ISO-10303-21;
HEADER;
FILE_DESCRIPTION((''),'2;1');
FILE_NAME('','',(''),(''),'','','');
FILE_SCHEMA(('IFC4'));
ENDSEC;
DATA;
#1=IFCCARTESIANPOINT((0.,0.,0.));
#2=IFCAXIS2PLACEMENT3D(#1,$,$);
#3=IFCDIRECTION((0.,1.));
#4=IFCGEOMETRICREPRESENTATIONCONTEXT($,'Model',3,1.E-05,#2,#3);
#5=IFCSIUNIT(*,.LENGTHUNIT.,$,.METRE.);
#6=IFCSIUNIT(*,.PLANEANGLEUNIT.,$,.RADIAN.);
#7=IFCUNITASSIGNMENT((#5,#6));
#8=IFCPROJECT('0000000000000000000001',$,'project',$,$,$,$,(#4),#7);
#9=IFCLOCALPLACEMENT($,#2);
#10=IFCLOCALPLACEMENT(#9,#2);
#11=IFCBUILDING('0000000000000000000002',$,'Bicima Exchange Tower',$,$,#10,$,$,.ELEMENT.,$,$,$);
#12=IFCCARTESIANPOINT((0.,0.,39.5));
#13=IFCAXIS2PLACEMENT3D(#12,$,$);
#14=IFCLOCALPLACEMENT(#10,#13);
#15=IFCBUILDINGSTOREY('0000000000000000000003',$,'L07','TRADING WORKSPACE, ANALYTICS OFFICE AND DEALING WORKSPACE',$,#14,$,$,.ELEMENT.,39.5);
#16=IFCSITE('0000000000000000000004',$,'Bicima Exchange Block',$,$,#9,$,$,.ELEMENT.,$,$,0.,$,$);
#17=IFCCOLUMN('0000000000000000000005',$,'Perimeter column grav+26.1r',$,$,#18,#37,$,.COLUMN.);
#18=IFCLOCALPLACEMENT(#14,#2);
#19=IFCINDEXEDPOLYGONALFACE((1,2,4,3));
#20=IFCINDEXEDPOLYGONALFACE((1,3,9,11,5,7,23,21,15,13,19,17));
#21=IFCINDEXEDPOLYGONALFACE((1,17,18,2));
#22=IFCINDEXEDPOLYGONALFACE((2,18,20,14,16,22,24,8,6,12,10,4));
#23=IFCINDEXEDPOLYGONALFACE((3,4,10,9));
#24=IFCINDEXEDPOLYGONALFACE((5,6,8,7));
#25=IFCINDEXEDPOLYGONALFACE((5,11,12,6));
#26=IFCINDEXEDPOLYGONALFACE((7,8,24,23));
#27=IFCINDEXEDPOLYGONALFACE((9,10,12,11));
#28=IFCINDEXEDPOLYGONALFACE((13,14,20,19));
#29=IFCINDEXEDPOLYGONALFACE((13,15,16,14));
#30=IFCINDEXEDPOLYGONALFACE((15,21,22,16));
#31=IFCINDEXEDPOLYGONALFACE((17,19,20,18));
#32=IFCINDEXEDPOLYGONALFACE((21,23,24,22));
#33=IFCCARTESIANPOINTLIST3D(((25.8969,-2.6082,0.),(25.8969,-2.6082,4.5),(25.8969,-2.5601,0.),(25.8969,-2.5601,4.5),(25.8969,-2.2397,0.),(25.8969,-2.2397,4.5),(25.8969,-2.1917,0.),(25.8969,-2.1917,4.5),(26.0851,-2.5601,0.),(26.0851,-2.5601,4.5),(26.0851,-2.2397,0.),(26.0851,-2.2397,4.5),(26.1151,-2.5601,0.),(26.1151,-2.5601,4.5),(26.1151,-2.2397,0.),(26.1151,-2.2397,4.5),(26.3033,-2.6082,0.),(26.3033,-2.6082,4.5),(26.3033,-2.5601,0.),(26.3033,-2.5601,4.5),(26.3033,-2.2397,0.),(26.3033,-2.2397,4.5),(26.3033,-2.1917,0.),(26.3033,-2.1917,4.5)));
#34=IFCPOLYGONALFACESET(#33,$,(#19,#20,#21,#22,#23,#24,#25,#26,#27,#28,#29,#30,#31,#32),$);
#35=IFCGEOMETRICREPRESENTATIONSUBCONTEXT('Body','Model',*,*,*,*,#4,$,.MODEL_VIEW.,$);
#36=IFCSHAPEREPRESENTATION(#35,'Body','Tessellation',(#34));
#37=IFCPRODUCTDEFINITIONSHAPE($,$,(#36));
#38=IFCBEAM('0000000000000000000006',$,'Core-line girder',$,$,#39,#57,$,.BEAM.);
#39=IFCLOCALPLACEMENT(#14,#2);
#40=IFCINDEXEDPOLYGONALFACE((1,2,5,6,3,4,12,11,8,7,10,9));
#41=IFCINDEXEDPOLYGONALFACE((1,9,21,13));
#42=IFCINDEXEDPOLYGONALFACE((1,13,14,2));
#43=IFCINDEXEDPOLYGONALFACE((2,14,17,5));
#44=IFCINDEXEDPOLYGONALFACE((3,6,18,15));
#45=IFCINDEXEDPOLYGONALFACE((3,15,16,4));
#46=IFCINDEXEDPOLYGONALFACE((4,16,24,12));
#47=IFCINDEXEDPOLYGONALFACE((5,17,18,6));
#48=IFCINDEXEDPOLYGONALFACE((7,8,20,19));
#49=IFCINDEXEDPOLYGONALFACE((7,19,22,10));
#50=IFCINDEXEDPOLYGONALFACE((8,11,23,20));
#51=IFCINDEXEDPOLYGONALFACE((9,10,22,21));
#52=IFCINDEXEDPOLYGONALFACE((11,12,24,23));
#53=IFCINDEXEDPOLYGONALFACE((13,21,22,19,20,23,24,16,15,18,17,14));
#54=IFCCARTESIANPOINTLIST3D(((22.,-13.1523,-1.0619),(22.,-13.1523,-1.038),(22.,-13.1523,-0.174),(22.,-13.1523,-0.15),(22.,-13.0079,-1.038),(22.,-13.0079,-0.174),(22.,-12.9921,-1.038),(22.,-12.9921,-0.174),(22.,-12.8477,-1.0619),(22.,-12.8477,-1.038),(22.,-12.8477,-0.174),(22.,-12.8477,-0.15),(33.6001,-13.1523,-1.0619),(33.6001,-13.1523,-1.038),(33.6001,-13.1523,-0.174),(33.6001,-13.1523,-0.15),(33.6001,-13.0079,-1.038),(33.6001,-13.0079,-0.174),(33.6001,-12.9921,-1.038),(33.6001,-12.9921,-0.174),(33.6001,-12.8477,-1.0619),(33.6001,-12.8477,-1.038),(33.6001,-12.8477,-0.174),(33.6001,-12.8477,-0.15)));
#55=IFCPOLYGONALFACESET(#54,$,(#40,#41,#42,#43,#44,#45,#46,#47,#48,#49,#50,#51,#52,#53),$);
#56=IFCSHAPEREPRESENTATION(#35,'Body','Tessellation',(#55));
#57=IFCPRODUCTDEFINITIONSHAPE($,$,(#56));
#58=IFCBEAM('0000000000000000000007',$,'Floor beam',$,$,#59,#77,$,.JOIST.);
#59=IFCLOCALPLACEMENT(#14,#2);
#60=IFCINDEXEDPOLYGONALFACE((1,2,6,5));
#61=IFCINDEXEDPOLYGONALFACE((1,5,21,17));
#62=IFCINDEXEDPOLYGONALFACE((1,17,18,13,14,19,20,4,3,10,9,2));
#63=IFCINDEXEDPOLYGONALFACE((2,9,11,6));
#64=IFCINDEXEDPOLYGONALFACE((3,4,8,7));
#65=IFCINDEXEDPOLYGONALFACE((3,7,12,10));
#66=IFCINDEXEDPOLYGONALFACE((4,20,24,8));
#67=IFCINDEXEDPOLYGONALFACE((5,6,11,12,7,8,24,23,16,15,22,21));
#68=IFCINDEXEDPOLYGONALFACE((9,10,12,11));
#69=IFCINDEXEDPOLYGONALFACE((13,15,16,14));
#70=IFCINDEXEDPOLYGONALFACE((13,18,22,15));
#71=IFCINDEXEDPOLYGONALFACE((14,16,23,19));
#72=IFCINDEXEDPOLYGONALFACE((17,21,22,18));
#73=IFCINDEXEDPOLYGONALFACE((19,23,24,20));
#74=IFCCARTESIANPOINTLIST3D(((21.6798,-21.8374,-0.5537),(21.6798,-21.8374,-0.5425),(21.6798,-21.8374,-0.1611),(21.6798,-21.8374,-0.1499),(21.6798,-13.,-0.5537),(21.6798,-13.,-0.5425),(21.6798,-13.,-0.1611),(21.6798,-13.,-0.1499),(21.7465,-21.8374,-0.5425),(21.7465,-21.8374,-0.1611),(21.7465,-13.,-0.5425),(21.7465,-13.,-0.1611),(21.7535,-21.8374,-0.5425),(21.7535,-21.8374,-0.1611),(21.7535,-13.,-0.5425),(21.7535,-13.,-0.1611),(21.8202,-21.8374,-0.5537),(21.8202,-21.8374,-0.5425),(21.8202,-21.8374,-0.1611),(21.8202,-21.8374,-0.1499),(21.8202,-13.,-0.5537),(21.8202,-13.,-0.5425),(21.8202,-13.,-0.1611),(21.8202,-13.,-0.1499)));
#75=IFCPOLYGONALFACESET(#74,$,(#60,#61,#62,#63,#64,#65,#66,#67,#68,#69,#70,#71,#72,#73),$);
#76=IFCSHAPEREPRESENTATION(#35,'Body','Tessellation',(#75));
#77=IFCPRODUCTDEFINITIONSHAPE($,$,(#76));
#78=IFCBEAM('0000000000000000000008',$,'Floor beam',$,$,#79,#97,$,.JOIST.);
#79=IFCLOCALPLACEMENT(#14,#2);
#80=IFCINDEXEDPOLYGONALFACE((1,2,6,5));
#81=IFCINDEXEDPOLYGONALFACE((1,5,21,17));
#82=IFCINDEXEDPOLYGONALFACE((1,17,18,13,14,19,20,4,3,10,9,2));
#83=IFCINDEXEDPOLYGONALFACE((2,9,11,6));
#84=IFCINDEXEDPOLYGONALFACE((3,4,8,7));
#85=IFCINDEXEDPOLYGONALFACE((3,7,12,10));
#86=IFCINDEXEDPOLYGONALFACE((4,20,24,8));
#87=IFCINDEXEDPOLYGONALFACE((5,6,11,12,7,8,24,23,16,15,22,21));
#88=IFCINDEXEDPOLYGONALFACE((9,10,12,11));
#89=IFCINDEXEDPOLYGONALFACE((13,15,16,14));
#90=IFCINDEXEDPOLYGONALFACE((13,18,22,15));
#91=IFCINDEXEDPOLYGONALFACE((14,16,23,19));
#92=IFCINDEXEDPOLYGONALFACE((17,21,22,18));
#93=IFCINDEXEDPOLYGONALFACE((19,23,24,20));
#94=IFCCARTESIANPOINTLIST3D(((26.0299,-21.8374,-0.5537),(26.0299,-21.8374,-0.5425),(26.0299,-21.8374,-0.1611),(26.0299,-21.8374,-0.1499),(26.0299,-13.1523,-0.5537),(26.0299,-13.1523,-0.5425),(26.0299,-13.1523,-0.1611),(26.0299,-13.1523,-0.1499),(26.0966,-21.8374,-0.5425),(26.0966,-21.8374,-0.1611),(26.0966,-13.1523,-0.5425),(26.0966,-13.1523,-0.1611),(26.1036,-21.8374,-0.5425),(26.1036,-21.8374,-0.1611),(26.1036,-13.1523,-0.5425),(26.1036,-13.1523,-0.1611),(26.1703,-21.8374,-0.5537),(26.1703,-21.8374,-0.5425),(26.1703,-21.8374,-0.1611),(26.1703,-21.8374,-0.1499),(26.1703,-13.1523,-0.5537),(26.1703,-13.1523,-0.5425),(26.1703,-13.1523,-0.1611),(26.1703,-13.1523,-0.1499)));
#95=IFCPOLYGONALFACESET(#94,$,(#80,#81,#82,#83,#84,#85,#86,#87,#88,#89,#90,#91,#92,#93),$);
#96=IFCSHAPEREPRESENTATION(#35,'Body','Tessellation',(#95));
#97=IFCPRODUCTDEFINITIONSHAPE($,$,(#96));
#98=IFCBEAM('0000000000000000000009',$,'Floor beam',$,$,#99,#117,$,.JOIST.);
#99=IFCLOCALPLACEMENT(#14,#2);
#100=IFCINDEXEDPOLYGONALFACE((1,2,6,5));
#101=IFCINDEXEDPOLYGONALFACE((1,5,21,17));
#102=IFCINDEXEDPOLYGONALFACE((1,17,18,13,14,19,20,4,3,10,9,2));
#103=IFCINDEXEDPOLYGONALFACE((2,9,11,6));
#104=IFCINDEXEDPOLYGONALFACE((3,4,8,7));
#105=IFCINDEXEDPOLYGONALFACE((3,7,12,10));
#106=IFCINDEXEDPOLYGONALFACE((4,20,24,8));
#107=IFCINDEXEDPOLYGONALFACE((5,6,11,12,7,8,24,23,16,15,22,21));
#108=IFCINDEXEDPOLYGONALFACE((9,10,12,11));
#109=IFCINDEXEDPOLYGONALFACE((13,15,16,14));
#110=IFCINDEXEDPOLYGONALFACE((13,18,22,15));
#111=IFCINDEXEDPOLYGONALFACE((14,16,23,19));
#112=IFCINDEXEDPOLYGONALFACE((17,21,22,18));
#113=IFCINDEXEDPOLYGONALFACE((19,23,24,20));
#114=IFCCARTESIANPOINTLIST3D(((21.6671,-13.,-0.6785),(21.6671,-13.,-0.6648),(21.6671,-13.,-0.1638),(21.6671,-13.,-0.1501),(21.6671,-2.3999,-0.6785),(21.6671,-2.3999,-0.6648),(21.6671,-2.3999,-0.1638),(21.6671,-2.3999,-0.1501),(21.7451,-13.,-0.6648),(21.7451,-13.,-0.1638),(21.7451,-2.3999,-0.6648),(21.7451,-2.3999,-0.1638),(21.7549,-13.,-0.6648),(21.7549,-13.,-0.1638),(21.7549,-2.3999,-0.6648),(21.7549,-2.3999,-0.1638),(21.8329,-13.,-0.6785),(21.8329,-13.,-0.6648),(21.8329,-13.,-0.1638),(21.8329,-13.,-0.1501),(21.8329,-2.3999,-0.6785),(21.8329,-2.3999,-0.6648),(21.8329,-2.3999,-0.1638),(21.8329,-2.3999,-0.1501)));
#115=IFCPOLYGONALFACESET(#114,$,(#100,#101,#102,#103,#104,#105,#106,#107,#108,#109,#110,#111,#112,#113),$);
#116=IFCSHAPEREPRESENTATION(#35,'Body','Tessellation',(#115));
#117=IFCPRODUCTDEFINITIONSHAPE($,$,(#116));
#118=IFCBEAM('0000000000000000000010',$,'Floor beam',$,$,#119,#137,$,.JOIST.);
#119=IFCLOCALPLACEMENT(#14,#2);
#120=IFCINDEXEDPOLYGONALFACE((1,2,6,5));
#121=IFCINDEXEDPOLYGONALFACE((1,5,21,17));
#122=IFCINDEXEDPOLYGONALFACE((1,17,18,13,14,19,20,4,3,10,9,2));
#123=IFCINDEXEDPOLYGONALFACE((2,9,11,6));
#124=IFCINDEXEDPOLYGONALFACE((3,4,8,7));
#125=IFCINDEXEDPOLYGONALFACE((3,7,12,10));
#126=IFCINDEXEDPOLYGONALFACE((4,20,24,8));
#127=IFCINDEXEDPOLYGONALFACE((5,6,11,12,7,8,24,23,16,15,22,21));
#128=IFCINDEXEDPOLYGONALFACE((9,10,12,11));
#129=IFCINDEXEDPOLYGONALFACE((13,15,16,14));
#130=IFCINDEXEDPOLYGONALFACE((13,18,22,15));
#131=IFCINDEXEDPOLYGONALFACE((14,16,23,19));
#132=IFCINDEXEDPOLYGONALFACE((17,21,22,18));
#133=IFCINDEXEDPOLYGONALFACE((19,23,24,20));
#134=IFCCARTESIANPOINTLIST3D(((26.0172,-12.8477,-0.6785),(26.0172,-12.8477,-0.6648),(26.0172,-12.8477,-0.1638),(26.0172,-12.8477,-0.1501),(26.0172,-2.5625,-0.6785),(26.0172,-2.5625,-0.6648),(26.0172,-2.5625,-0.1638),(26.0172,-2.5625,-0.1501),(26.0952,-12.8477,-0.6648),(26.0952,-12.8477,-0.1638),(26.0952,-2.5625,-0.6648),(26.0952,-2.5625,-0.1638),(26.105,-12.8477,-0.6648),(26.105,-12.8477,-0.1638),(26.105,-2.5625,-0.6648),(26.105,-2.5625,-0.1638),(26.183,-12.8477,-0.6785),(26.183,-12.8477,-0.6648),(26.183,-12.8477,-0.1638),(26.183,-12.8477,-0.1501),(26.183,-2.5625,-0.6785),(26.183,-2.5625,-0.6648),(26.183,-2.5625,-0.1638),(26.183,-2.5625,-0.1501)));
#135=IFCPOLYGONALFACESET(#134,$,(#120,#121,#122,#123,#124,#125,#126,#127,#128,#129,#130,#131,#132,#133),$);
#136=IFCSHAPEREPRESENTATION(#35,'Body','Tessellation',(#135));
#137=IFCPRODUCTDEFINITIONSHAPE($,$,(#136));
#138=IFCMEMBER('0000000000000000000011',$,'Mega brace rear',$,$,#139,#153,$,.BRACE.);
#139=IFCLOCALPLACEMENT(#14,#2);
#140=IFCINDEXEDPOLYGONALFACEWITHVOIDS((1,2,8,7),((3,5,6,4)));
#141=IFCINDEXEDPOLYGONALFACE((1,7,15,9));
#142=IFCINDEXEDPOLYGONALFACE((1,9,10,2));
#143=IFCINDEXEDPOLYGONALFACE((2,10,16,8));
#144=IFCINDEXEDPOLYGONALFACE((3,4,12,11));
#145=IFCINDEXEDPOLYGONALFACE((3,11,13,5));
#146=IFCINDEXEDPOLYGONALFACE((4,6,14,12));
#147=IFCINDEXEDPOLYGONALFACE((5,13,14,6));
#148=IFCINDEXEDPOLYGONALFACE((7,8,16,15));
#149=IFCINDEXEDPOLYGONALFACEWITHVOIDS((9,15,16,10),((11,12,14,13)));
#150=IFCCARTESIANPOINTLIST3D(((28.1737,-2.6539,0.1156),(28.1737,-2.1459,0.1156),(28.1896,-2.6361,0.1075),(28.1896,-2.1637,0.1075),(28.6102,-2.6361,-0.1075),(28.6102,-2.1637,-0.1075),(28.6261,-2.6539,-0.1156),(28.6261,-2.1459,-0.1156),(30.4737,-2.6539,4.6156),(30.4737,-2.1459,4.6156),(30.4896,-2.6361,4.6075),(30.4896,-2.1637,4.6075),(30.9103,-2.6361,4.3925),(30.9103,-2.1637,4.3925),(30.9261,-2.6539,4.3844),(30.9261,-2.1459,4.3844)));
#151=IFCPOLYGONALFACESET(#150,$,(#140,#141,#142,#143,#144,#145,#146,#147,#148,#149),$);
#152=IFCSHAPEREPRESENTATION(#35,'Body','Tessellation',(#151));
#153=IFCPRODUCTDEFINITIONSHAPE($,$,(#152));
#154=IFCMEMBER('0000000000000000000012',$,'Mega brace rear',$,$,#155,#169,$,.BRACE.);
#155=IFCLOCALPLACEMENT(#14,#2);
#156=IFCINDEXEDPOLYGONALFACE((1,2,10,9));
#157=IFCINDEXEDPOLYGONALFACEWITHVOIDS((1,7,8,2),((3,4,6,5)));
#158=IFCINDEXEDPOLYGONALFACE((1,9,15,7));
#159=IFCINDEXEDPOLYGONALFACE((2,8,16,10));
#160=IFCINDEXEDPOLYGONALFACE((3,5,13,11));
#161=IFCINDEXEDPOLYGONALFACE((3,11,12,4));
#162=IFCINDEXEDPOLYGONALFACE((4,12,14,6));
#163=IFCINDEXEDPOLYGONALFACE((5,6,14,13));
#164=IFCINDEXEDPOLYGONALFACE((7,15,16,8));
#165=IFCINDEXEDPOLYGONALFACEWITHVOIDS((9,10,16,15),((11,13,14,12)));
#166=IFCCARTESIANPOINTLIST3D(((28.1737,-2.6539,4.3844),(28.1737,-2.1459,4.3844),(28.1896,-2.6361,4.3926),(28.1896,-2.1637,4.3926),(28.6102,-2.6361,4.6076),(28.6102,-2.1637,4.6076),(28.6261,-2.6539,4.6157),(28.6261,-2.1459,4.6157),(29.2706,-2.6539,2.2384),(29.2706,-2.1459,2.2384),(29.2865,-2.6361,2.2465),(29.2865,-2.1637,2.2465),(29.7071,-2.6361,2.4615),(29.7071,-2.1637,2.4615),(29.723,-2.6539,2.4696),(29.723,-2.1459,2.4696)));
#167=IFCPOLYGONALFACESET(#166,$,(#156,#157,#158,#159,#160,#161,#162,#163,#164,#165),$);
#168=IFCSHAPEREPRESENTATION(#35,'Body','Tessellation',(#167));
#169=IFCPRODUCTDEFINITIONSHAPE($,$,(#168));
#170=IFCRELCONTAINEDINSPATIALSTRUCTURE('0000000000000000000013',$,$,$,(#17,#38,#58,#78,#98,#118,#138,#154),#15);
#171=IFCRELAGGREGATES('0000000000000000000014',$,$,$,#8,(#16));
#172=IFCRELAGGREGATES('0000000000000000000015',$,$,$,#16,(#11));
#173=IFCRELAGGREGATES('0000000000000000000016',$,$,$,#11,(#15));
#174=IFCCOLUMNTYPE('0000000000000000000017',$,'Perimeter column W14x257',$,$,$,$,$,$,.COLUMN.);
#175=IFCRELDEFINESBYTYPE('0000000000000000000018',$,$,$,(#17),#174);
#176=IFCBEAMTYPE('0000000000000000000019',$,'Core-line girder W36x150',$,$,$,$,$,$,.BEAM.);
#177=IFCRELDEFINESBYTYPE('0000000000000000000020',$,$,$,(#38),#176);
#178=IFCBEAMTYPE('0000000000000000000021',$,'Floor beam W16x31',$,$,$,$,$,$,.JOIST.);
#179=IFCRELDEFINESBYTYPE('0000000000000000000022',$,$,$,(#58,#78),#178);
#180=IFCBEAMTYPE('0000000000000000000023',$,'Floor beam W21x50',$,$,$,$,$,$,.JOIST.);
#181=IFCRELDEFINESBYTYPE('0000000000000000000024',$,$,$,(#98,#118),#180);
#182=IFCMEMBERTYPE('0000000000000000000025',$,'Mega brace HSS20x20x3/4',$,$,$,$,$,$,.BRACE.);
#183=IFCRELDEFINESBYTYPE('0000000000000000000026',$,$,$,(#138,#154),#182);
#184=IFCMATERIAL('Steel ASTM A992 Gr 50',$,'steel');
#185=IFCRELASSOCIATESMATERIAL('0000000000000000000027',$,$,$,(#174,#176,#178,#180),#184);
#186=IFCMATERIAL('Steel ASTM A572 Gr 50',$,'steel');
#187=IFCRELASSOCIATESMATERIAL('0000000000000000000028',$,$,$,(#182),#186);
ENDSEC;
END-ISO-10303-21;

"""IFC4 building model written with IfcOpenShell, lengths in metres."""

from ifc_helpers import new_model, si_unit, direction, frame, origin, origin_2d, place, context, subcontext, project, spatial, hollow_rectangle, i_section, extrude, material, material_profile, profile_set, type_object, element, save


model = new_model("IFC4")

# Units and contexts
model_context = context("Model", 3, precision=1e-05, world=origin(), true_north=direction((0.0, 1.0)))
body_context = subcontext(model_context, "Body", "Model", "MODEL_VIEW")
ifc_project = project(units=[si_unit("LENGTHUNIT", "METRE"), si_unit("PLANEANGLEUNIT", "RADIAN")], contexts=[model_context])

# Site, building, storey
site_placement = place(None, origin())
site = spatial("IfcSite", under=ifc_project, at=site_placement, Name="Bicima Exchange Block", CompositionType="ELEMENT", RefElevation=0.0)
building_placement = place(site_placement, origin())
building = spatial("IfcBuilding", under=site, at=building_placement, Name="Bicima Exchange Tower", CompositionType="ELEMENT")
storey_placement = place(building_placement, frame((0.0, 0.0, 39.5)))
storey = spatial("IfcBuildingStorey", under=building, at=storey_placement, Name="L07", Description="TRADING WORKSPACE, ANALYTICS OFFICE AND DEALING WORKSPACE", CompositionType="ELEMENT", Elevation=39.5)

# Column
ifc_material_1 = material(Name="Steel ASTM A992 Gr 50", Category="steel")
ifc_material_profile_1 = material_profile(ifc_material_1, i_section(OverallWidth=0.4065, OverallDepth=0.4165, WebThickness=0.03, FlangeThickness=0.0481, at=origin_2d()))
ifc_profile_set_1 = profile_set([ifc_material_profile_1], Name="Steel ASTM A992 Gr 50")
column_type = type_object("IfcColumnType", Name="Perimeter column W14x257", PredefinedType="COLUMN", material=ifc_profile_set_1)
column_placement = place(storey_placement, frame((26.1001, -2.3999, 0.0), z_axis=(0.0, 0.0, 1.0), x_axis=(1.0, 0.0, 0.0)))
element("IfcColumn", 1, at=column_placement, inside=storey, type_object=column_type, Name="Perimeter column grav+26.1r", PredefinedType="COLUMN", context=body_context, shape_type="SweptSolid", body=[
    extrude(i_section(OverallWidth=0.4065, OverallDepth=0.4165, WebThickness=0.03, FlangeThickness=0.0481, at=origin_2d()), origin(), (0.0, 0.0, 1.0), 4.5),
])

# Beams
ifc_material_profile_2 = material_profile(ifc_material_1, i_section(OverallWidth=0.3047, OverallDepth=0.9119, WebThickness=0.0159, FlangeThickness=0.0239, at=origin_2d()))
ifc_profile_set_2 = profile_set([ifc_material_profile_2], Name="Steel ASTM A992 Gr 50")
beam_type_1 = type_object("IfcBeamType", Name="Core-line girder W36x150", PredefinedType="BEAM", material=ifc_profile_set_2)
beam_1_placement = place(storey_placement, frame((22.0, -13.0, -0.606), z_axis=(1.0, 0.0, 0.0), x_axis=(0.0, 1.0, 0.0)))
element("IfcBeam", 2, at=beam_1_placement, inside=storey, type_object=beam_type_1, Name="Core-line girder", PredefinedType="BEAM", context=body_context, shape_type="SweptSolid", body=[
    extrude(i_section(OverallWidth=0.3047, OverallDepth=0.9119, WebThickness=0.0159, FlangeThickness=0.0239, at=origin_2d()), origin(), (0.0, 0.0, 1.0), 11.6001),
])
ifc_material_profile_3 = material_profile(ifc_material_1, i_section(OverallWidth=0.1404, OverallDepth=0.4038, WebThickness=0.0071, FlangeThickness=0.0112, at=origin_2d()))
ifc_profile_set_3 = profile_set([ifc_material_profile_3], Name="Steel ASTM A992 Gr 50")
beam_type_2 = type_object("IfcBeamType", Name="Floor beam W16x31", PredefinedType="JOIST", material=ifc_profile_set_3)
beam_2_placement = place(storey_placement, frame((21.75, -13.0, -0.3518), z_axis=(0.0, -1.0, 0.0), x_axis=(1.0, 0.0, 0.0)))
element("IfcBeam", 3, at=beam_2_placement, inside=storey, type_object=beam_type_2, Name="Floor beam", PredefinedType="JOIST", context=body_context, shape_type="SweptSolid", body=[
    extrude(i_section(OverallWidth=0.1404, OverallDepth=0.4038, WebThickness=0.0071, FlangeThickness=0.0112, at=origin_2d()), origin(), (0.0, 0.0, 1.0), 8.8374),
])
beam_3_placement = place(storey_placement, frame((26.1001, -13.1523, -0.3518), z_axis=(0.0, -1.0, 0.0), x_axis=(1.0, 0.0, 0.0)))
element("IfcBeam", 4, at=beam_3_placement, inside=storey, type_object=beam_type_2, Name="Floor beam", PredefinedType="JOIST", context=body_context, shape_type="SweptSolid", body=[
    extrude(i_section(OverallWidth=0.1404, OverallDepth=0.4038, WebThickness=0.0071, FlangeThickness=0.0112, at=origin_2d()), origin(), (0.0, 0.0, 1.0), 8.6851),
])
ifc_material_profile_4 = material_profile(ifc_material_1, i_section(OverallWidth=0.1658, OverallDepth=0.5283, WebThickness=0.0098, FlangeThickness=0.0137, at=origin_2d()))
ifc_profile_set_4 = profile_set([ifc_material_profile_4], Name="Steel ASTM A992 Gr 50")
beam_type_3 = type_object("IfcBeamType", Name="Floor beam W21x50", PredefinedType="JOIST", material=ifc_profile_set_4)
beam_4_placement = place(storey_placement, frame((21.75, -2.3999, -0.4143), z_axis=(0.0, -1.0, 0.0), x_axis=(1.0, 0.0, 0.0)))
element("IfcBeam", 5, at=beam_4_placement, inside=storey, type_object=beam_type_3, Name="Floor beam", PredefinedType="JOIST", context=body_context, shape_type="SweptSolid", body=[
    extrude(i_section(OverallWidth=0.1658, OverallDepth=0.5283, WebThickness=0.0098, FlangeThickness=0.0137, at=origin_2d()), origin(), (0.0, 0.0, 1.0), 10.6001),
])
beam_5_placement = place(storey_placement, frame((26.1001, -2.5625, -0.4143), z_axis=(0.0, -1.0, 0.0), x_axis=(1.0, 0.0, 0.0)))
element("IfcBeam", 6, at=beam_5_placement, inside=storey, type_object=beam_type_3, Name="Floor beam", PredefinedType="JOIST", context=body_context, shape_type="SweptSolid", body=[
    extrude(i_section(OverallWidth=0.1658, OverallDepth=0.5283, WebThickness=0.0098, FlangeThickness=0.0137, at=origin_2d()), origin(), (0.0, 0.0, 1.0), 10.2852),
])

# Members
ifc_material_2 = material(Name="Steel ASTM A572 Gr 50", Category="steel")
ifc_material_profile_5 = material_profile(ifc_material_2, hollow_rectangle(XDim=0.5081, YDim=0.5081, WallThickness=0.0178, at=origin_2d()))
ifc_profile_set_5 = profile_set([ifc_material_profile_5], Name="Steel ASTM A572 Gr 50")
member_type = type_object("IfcMemberType", Name="Mega brace HSS20x20x3/4", PredefinedType="BRACE", material=ifc_profile_set_5)
member_1_placement = place(storey_placement, frame((28.3999, -2.3999, 0.0), z_axis=(0.455119, 0.0, 0.890431), x_axis=(0.0, 1.0, 0.0)))
element("IfcMember", 7, at=member_1_placement, inside=storey, type_object=member_type, Name="Mega brace rear", PredefinedType="BRACE", context=body_context, shape_type="SweptSolid", body=[
    extrude(hollow_rectangle(XDim=0.5081, YDim=0.5081, WallThickness=0.0178, at=origin_2d()), origin(), (0.0, 0.0, 1.0), 5.0537),
])
member_2_placement = place(storey_placement, frame((29.4968, -2.3999, 2.354), z_axis=(-0.455138, 0.0, 0.890421), x_axis=(0.0, -1.0, 0.0)))
element("IfcMember", 8, at=member_2_placement, inside=storey, type_object=member_type, Name="Mega brace rear", PredefinedType="BRACE", context=body_context, shape_type="SweptSolid", body=[
    extrude(hollow_rectangle(XDim=0.5081, YDim=0.5081, WallThickness=0.0178, at=origin_2d()), origin(), (0.0, 0.0, 1.0), 2.4102),
])

save(model, "model.ifc")
